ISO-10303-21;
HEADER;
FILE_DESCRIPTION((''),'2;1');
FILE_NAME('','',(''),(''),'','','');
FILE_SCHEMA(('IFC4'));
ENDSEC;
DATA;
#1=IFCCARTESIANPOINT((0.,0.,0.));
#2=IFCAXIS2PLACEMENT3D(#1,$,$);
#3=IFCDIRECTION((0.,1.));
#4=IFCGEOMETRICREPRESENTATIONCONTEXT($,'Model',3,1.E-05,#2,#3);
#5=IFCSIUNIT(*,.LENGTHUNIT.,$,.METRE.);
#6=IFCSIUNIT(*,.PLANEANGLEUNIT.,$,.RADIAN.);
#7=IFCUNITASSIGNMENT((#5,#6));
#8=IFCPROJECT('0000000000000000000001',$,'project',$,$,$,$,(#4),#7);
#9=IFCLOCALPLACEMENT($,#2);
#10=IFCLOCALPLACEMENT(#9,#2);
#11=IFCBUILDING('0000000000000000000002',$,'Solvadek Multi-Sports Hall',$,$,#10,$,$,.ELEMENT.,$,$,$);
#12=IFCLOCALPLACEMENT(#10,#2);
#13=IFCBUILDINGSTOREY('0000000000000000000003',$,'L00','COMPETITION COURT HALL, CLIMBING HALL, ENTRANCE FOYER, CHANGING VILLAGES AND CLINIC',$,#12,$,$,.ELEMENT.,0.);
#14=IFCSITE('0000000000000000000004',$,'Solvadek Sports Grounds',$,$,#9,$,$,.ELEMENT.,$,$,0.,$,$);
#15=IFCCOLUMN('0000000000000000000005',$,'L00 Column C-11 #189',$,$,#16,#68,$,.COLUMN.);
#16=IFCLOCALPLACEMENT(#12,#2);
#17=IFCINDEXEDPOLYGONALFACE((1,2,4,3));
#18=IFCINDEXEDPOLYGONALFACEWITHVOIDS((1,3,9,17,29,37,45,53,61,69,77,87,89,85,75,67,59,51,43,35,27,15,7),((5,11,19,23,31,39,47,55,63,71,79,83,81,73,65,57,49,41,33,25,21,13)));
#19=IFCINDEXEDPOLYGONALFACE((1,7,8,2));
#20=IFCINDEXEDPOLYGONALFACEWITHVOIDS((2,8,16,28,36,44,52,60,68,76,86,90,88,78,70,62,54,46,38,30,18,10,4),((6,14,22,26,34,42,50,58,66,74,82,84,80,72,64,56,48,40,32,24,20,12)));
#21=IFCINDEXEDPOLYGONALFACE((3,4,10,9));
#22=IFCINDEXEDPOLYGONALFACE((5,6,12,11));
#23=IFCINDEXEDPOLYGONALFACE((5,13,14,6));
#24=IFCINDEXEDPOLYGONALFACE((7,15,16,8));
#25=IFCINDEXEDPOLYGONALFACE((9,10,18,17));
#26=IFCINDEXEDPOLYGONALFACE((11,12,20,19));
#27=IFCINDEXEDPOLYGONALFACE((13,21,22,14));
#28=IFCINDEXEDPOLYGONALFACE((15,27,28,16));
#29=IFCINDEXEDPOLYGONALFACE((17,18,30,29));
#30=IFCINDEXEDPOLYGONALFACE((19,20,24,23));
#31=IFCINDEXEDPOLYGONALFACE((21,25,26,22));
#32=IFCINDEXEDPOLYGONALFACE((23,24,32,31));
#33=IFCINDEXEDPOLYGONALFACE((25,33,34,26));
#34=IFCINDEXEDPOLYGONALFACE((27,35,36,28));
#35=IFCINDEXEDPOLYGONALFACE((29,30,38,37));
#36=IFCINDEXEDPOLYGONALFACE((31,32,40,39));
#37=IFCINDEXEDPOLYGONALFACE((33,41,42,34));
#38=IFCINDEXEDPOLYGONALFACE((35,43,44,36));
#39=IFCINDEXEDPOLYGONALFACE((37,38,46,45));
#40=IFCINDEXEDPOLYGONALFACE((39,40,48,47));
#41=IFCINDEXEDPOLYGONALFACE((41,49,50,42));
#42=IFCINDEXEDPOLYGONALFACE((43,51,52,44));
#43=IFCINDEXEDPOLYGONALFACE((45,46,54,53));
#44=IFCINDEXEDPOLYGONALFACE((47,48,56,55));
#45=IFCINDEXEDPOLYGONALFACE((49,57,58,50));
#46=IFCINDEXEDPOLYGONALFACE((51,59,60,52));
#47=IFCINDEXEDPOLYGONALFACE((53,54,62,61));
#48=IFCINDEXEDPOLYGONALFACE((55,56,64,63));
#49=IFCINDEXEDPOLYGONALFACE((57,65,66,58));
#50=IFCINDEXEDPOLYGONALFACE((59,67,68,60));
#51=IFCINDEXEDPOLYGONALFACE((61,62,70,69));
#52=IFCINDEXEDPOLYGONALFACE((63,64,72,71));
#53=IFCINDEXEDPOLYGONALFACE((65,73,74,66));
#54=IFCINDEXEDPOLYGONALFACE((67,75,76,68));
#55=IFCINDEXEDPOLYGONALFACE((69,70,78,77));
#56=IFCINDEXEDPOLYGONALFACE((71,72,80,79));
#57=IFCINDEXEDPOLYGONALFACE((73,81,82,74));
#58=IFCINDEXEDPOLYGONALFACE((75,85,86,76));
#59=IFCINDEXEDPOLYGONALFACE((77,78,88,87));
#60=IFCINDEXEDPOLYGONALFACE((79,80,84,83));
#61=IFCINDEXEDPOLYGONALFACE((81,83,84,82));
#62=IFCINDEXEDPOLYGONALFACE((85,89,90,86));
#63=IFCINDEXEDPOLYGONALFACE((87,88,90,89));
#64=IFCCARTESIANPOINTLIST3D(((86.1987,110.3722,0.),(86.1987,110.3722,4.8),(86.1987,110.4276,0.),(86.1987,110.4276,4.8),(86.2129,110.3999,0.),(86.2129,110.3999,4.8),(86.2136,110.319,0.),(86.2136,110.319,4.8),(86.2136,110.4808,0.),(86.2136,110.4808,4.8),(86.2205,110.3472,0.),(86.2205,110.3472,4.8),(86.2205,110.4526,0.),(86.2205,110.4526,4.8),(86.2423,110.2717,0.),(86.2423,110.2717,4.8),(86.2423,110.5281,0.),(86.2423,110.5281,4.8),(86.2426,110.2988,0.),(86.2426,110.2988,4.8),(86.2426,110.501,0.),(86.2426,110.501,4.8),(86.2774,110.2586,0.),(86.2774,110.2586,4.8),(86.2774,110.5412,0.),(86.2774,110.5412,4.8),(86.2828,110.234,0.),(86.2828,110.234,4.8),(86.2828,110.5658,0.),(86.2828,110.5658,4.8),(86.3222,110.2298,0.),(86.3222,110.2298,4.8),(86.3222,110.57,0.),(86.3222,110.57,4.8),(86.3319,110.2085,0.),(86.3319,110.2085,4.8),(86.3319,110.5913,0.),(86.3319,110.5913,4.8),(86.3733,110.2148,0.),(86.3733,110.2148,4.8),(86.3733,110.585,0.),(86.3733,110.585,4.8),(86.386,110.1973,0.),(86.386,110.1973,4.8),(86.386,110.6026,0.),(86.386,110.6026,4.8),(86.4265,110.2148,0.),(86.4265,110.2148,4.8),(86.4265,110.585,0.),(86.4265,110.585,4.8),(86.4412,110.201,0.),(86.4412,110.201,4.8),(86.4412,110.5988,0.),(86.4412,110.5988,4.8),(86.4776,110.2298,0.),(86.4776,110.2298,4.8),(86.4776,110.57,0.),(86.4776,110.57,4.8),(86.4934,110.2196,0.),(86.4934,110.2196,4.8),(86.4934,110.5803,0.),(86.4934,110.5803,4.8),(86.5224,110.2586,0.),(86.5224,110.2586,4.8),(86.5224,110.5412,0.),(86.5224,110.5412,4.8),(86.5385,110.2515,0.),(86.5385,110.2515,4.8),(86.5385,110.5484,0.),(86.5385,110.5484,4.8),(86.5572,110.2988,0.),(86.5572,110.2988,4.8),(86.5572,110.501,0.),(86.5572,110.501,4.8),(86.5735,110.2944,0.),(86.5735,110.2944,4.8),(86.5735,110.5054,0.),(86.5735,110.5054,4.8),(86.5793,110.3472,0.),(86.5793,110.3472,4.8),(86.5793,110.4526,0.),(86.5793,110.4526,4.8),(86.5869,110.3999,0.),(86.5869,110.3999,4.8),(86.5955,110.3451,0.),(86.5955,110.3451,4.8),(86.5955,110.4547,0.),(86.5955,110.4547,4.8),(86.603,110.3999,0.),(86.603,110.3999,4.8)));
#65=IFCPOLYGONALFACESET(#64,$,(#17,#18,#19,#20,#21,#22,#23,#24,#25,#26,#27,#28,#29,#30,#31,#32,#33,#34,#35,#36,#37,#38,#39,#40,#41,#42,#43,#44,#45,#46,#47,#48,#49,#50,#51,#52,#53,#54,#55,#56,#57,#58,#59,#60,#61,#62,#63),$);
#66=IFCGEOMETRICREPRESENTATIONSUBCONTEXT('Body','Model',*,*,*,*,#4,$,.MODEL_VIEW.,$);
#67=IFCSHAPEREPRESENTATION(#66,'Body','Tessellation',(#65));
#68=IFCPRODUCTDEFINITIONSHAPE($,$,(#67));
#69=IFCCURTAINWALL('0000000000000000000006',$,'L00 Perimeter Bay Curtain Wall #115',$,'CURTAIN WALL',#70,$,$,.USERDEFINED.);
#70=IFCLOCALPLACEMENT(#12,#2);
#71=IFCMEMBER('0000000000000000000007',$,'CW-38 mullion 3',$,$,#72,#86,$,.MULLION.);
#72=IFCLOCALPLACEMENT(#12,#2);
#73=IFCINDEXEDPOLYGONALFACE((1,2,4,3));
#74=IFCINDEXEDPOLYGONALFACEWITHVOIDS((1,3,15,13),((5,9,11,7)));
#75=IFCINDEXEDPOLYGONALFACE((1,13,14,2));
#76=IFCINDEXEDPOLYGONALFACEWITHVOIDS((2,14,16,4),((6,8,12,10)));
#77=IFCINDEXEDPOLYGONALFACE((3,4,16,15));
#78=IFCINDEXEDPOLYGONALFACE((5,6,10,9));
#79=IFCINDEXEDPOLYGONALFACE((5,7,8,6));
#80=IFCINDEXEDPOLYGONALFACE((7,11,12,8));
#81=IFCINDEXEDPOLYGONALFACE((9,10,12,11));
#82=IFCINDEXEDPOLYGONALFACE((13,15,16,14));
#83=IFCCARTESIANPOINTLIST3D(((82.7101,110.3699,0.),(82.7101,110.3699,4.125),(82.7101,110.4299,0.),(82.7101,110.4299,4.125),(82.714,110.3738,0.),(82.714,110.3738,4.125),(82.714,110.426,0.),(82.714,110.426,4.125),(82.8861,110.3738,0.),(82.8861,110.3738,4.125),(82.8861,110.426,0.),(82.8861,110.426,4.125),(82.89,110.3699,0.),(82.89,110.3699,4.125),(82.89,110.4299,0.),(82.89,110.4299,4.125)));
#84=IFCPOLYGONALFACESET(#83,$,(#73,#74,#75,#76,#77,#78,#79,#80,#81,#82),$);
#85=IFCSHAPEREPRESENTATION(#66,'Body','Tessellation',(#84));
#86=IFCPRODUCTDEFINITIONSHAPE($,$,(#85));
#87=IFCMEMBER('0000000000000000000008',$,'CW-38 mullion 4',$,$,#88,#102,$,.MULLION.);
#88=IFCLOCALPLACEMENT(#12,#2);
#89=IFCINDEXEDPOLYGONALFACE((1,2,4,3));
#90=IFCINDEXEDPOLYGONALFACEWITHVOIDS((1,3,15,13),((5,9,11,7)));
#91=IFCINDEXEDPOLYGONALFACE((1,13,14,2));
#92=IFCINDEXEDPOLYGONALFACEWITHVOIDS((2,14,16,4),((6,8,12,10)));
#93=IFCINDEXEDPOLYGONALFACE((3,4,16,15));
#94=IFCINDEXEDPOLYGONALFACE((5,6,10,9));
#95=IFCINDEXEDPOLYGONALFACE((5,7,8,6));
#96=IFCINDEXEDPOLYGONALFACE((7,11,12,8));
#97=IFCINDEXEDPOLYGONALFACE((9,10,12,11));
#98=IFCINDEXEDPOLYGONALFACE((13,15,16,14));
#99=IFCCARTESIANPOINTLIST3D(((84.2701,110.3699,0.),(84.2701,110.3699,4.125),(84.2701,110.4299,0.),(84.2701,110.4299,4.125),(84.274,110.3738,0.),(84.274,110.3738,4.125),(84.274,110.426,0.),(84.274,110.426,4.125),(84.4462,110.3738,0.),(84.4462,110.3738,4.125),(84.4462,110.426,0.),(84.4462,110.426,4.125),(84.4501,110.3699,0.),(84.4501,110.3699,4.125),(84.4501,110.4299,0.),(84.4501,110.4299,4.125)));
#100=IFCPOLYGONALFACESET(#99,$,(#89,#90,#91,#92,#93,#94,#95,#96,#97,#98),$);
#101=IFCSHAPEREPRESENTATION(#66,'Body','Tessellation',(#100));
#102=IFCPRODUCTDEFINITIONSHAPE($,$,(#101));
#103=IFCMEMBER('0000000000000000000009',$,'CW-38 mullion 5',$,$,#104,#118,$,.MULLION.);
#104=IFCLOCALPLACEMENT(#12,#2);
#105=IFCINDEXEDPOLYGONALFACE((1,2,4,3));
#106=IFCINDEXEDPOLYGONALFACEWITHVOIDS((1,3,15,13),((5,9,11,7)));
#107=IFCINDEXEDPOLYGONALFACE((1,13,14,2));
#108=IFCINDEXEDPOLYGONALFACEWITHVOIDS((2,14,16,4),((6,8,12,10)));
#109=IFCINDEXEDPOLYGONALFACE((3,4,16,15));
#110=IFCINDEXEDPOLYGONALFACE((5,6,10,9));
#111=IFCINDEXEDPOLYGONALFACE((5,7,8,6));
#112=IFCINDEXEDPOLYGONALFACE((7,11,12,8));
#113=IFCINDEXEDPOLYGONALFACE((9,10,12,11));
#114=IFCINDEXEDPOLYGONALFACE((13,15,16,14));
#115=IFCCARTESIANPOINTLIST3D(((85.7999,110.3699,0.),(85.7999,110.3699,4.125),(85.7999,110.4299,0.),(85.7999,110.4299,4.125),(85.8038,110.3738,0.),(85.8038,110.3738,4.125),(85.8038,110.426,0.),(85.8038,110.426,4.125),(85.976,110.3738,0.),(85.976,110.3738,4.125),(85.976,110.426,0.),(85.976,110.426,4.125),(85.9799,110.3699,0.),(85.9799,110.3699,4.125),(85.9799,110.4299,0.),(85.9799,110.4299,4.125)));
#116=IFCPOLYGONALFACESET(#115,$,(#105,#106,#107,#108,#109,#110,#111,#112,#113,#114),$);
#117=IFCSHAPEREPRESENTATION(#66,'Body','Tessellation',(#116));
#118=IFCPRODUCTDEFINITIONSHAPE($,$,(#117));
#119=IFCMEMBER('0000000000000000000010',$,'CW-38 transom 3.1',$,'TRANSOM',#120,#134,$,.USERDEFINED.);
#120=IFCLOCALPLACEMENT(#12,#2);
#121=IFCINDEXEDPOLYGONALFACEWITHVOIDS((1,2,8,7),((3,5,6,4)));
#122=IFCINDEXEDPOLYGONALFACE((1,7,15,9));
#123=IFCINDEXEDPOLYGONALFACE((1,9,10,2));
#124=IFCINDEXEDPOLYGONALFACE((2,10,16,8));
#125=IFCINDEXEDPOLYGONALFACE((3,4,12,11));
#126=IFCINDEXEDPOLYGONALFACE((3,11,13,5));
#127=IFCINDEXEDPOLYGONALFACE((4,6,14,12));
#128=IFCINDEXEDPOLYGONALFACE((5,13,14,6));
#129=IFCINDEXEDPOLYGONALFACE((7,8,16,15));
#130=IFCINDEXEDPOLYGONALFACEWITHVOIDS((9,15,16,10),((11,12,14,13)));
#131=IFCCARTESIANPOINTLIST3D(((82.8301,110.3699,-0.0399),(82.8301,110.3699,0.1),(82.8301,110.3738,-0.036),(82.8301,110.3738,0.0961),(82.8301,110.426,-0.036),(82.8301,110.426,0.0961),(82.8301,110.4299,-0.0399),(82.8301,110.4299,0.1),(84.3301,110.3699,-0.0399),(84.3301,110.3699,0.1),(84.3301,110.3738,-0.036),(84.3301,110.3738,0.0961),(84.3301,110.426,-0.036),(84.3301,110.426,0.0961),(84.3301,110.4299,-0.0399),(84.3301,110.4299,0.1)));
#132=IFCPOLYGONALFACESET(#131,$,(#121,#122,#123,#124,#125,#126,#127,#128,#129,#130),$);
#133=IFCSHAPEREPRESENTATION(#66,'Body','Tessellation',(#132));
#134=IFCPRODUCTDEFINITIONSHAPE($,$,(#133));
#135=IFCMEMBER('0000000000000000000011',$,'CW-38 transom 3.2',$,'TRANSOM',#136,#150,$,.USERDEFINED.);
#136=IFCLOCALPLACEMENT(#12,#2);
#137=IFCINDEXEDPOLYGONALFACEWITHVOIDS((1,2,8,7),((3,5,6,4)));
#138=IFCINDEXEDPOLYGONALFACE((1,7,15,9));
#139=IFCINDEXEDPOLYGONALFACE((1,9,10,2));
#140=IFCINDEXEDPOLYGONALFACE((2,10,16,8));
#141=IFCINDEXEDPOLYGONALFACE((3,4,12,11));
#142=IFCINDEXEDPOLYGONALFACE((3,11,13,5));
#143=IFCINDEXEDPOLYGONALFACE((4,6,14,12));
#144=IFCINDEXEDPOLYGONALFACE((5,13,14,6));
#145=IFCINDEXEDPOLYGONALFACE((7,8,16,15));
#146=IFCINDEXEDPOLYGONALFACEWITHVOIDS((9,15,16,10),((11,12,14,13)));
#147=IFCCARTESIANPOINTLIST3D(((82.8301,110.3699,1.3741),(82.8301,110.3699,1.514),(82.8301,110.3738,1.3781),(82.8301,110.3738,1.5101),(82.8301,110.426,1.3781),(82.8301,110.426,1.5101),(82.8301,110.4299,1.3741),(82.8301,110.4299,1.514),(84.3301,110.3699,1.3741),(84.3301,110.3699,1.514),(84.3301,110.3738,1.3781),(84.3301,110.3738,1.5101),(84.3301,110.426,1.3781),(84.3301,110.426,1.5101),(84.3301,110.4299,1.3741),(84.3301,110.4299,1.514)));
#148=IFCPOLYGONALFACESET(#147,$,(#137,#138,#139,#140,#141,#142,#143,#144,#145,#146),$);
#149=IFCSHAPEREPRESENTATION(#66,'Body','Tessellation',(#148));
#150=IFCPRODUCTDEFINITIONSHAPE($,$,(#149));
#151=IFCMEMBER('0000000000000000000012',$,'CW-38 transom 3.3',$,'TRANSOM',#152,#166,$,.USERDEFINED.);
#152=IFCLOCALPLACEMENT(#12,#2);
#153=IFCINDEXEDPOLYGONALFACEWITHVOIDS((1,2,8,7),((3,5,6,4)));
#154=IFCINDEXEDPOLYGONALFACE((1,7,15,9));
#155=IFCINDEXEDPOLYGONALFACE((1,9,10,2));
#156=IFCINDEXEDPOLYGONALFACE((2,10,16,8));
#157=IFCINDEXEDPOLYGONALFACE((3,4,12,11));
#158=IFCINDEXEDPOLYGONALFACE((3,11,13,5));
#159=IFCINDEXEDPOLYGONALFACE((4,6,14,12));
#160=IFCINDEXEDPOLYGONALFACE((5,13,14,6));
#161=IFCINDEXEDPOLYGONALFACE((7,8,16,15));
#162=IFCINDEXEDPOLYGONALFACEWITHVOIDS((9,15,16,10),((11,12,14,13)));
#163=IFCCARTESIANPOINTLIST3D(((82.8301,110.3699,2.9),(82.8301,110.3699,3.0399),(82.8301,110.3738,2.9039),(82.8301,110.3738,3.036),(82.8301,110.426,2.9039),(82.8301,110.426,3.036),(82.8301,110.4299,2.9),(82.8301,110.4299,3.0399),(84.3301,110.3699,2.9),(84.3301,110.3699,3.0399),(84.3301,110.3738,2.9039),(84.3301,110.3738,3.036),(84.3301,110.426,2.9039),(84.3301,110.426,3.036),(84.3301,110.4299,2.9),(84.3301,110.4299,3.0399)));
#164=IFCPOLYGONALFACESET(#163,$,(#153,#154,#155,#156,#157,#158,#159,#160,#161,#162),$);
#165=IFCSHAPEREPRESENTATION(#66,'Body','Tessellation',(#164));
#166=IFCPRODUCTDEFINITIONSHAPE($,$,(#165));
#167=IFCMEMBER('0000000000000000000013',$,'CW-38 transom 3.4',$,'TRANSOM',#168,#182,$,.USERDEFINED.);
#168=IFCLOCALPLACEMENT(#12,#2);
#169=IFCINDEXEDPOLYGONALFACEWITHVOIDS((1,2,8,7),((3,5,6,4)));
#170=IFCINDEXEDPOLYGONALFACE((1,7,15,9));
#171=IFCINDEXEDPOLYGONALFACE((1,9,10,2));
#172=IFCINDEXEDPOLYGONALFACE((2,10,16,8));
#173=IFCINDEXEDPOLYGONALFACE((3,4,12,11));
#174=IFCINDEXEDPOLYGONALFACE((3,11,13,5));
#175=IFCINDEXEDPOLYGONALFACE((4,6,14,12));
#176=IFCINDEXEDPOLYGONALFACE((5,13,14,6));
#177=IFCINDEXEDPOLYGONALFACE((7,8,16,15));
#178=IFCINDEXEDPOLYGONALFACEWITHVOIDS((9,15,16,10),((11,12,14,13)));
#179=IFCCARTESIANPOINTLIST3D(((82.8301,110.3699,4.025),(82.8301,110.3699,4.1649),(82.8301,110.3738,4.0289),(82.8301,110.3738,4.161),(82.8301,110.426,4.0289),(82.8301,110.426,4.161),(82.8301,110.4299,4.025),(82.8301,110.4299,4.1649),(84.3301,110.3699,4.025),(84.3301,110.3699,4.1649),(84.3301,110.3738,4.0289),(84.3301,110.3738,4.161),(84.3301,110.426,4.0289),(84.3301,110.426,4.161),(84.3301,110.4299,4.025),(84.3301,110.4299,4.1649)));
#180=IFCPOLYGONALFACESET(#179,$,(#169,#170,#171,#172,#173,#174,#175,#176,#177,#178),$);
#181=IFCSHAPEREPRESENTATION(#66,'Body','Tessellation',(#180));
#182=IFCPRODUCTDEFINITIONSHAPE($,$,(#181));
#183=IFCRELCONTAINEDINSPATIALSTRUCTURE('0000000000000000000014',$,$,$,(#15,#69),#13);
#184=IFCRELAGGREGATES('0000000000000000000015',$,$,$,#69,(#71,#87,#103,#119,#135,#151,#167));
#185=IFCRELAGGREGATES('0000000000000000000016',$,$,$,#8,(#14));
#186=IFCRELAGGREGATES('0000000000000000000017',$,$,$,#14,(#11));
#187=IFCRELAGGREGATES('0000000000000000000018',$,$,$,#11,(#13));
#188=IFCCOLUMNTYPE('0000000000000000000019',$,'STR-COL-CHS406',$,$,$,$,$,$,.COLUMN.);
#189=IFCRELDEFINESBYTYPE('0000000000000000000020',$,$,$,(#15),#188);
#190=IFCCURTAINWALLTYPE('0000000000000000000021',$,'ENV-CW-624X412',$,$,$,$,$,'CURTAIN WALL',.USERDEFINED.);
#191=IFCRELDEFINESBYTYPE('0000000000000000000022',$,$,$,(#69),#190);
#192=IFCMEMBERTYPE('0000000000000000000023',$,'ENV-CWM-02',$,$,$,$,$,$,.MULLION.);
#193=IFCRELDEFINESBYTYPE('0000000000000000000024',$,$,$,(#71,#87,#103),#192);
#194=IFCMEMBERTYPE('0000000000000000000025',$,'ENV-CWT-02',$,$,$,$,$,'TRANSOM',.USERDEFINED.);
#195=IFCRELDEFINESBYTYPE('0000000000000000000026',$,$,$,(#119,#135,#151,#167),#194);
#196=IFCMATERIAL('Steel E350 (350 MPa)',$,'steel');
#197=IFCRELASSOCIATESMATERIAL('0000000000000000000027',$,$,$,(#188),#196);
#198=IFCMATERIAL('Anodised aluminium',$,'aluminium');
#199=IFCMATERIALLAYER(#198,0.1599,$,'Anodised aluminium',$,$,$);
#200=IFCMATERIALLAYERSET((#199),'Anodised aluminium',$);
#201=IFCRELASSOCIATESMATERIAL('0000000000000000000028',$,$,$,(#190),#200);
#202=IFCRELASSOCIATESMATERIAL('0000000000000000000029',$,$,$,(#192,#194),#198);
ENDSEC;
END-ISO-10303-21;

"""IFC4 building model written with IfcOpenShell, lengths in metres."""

from ifc_helpers import new_model, si_unit, direction, frame, origin, origin_2d, place, context, subcontext, project, spatial, hollow_rectangle, hollow_circle, extrude, material, layer, layer_set, material_profile, profile_set, type_object, element, aggregate, save


model = new_model("IFC4")

# Units and contexts
model_context = context("Model", 3, precision=1e-05, world=origin(), true_north=direction((0.0, 1.0)))
body_context = subcontext(model_context, "Body", "Model", "MODEL_VIEW")
ifc_project = project(units=[si_unit("LENGTHUNIT", "METRE"), si_unit("PLANEANGLEUNIT", "RADIAN")], contexts=[model_context])

# Site, building, storey
site_placement = place(None, origin())
site = spatial("IfcSite", under=ifc_project, at=site_placement, Name="Solvadek Sports Grounds", CompositionType="ELEMENT", RefElevation=0.0)
building_placement = place(site_placement, origin())
building = spatial("IfcBuilding", under=site, at=building_placement, Name="Solvadek Multi-Sports Hall", CompositionType="ELEMENT")
storey_placement = place(building_placement, origin())
storey = spatial("IfcBuildingStorey", under=building, at=storey_placement, Name="L00", Description="COMPETITION COURT HALL, CLIMBING HALL, ENTRANCE FOYER, CHANGING VILLAGES AND CLINIC", CompositionType="ELEMENT", Elevation=0.0)

# Column
ifc_material_1 = material(Name="Steel E350 (350 MPa)", Category="steel")
ifc_material_profile_1 = material_profile(ifc_material_1, hollow_circle(Radius=0.2031, WallThickness=0.0161, at=origin_2d()), Name="CHS 406.4x16")
ifc_profile_set_1 = profile_set([ifc_material_profile_1], Name="Steel E350 (350 MPa)")
column_type = type_object("IfcColumnType", Name="STR-COL-CHS406", PredefinedType="COLUMN", material=ifc_profile_set_1)
column_placement = place(storey_placement, frame((86.3999, 110.3999, 0.0), z_axis=(0.0, 0.0, 1.0), x_axis=(1.0, 0.0, 0.0)))
element("IfcColumn", 1, at=column_placement, inside=storey, type_object=column_type, Name="L00 Column C-11 #189", PredefinedType="COLUMN", context=body_context, shape_type="SweptSolid", body=[
    extrude(hollow_circle(Radius=0.2031, WallThickness=0.0161, at=origin_2d()), origin(), (0.0, 0.0, 1.0), 4.8),
])

# Curtain wall, members
ifc_material_2 = material(Name="Anodised aluminium", Category="aluminium")
ifc_layer_1 = layer(ifc_material_2, 0.1599, Name="Anodised aluminium")
ifc_layer_set_1 = layer_set([ifc_layer_1], Name="Anodised aluminium")
curtain_wall_type = type_object("IfcCurtainWallType", Name="ENV-CW-624X412", ElementType="CURTAIN WALL", PredefinedType="USERDEFINED", material=ifc_layer_set_1)
curtain_wall_placement = place(storey_placement, origin())
curtain_wall = element("IfcCurtainWall", 2, at=curtain_wall_placement, inside=storey, type_object=curtain_wall_type, Name="L00 Perimeter Bay Curtain Wall #115", ObjectType="CURTAIN WALL", PredefinedType="USERDEFINED")
ifc_material_profile_2 = material_profile(ifc_material_2, hollow_rectangle(XDim=0.0601, YDim=0.1799, WallThickness=0.0039, at=origin_2d()), Name="ALU-M 180x60x4")
ifc_profile_set_2 = profile_set([ifc_material_profile_2], Name="Anodised aluminium")
member_type_1 = type_object("IfcMemberType", Name="ENV-CWM-02", PredefinedType="MULLION", material=ifc_profile_set_2)
member_1_placement = place(storey_placement, frame((82.8, 110.3999, 0.0), z_axis=(0.0, 0.0, 1.0), x_axis=(0.0, 1.0, 0.0)))
member_1 = element("IfcMember", 3, at=member_1_placement, type_object=member_type_1, Name="CW-38 mullion 3", PredefinedType="MULLION", context=body_context, shape_type="SweptSolid", body=[
    extrude(hollow_rectangle(XDim=0.0601, YDim=0.1799, WallThickness=0.0039, at=origin_2d()), origin(), (0.0, 0.0, 1.0), 4.125),
])
member_2_placement = place(storey_placement, frame((84.3601, 110.3999, 0.0), z_axis=(0.0, 0.0, 1.0), x_axis=(0.0, 1.0, 0.0)))
member_2 = element("IfcMember", 4, at=member_2_placement, type_object=member_type_1, Name="CW-38 mullion 4", PredefinedType="MULLION", context=body_context, shape_type="SweptSolid", body=[
    extrude(hollow_rectangle(XDim=0.0601, YDim=0.1799, WallThickness=0.0039, at=origin_2d()), origin(), (0.0, 0.0, 1.0), 4.125),
])
member_3_placement = place(storey_placement, frame((85.8899, 110.3999, 0.0), z_axis=(0.0, 0.0, 1.0), x_axis=(0.0, 1.0, 0.0)))
member_3 = element("IfcMember", 5, at=member_3_placement, type_object=member_type_1, Name="CW-38 mullion 5", PredefinedType="MULLION", context=body_context, shape_type="SweptSolid", body=[
    extrude(hollow_rectangle(XDim=0.0601, YDim=0.1799, WallThickness=0.0039, at=origin_2d()), origin(), (0.0, 0.0, 1.0), 4.125),
])
ifc_material_profile_3 = material_profile(ifc_material_2, hollow_rectangle(XDim=0.0601, YDim=0.1399, WallThickness=0.0039, at=origin_2d()), Name="ALU-T 140x60x4")
ifc_profile_set_3 = profile_set([ifc_material_profile_3], Name="Anodised aluminium")
member_type_2 = type_object("IfcMemberType", Name="ENV-CWT-02", ElementType="TRANSOM", PredefinedType="USERDEFINED", material=ifc_profile_set_3)
member_4_placement = place(storey_placement, frame((82.8301, 110.3999, 0.03), z_axis=(1.0, 0.0, 0.0), x_axis=(0.0, 1.0, 0.0)))
member_4 = element("IfcMember", 6, at=member_4_placement, type_object=member_type_2, Name="CW-38 transom 3.1", ObjectType="TRANSOM", PredefinedType="USERDEFINED", context=body_context, shape_type="SweptSolid", body=[
    extrude(hollow_rectangle(XDim=0.0601, YDim=0.1399, WallThickness=0.0039, at=origin_2d()), origin(), (0.0, 0.0, 1.0), 1.5),
])
member_5_placement = place(storey_placement, frame((82.8301, 110.3999, 1.4441), z_axis=(1.0, 0.0, 0.0), x_axis=(0.0, 1.0, 0.0)))
member_5 = element("IfcMember", 7, at=member_5_placement, type_object=member_type_2, Name="CW-38 transom 3.2", ObjectType="TRANSOM", PredefinedType="USERDEFINED", context=body_context, shape_type="SweptSolid", body=[
    extrude(hollow_rectangle(XDim=0.0601, YDim=0.1399, WallThickness=0.0039, at=origin_2d()), origin(), (0.0, 0.0, 1.0), 1.5),
])
member_6_placement = place(storey_placement, frame((82.8301, 110.3999, 2.97), z_axis=(1.0, 0.0, 0.0), x_axis=(0.0, 1.0, 0.0)))
member_6 = element("IfcMember", 8, at=member_6_placement, type_object=member_type_2, Name="CW-38 transom 3.3", ObjectType="TRANSOM", PredefinedType="USERDEFINED", context=body_context, shape_type="SweptSolid", body=[
    extrude(hollow_rectangle(XDim=0.0601, YDim=0.1399, WallThickness=0.0039, at=origin_2d()), origin(), (0.0, 0.0, 1.0), 1.5),
])
member_7_placement = place(storey_placement, frame((82.8301, 110.3999, 4.095), z_axis=(1.0, 0.0, 0.0), x_axis=(0.0, 1.0, 0.0)))
member_7 = element("IfcMember", 9, at=member_7_placement, type_object=member_type_2, Name="CW-38 transom 3.4", ObjectType="TRANSOM", PredefinedType="USERDEFINED", context=body_context, shape_type="SweptSolid", body=[
    extrude(hollow_rectangle(XDim=0.0601, YDim=0.1399, WallThickness=0.0039, at=origin_2d()), origin(), (0.0, 0.0, 1.0), 1.5),
])
aggregate(curtain_wall, [member_1, member_2, member_3, member_4, member_5, member_6, member_7])

save(model, "model.ifc")
